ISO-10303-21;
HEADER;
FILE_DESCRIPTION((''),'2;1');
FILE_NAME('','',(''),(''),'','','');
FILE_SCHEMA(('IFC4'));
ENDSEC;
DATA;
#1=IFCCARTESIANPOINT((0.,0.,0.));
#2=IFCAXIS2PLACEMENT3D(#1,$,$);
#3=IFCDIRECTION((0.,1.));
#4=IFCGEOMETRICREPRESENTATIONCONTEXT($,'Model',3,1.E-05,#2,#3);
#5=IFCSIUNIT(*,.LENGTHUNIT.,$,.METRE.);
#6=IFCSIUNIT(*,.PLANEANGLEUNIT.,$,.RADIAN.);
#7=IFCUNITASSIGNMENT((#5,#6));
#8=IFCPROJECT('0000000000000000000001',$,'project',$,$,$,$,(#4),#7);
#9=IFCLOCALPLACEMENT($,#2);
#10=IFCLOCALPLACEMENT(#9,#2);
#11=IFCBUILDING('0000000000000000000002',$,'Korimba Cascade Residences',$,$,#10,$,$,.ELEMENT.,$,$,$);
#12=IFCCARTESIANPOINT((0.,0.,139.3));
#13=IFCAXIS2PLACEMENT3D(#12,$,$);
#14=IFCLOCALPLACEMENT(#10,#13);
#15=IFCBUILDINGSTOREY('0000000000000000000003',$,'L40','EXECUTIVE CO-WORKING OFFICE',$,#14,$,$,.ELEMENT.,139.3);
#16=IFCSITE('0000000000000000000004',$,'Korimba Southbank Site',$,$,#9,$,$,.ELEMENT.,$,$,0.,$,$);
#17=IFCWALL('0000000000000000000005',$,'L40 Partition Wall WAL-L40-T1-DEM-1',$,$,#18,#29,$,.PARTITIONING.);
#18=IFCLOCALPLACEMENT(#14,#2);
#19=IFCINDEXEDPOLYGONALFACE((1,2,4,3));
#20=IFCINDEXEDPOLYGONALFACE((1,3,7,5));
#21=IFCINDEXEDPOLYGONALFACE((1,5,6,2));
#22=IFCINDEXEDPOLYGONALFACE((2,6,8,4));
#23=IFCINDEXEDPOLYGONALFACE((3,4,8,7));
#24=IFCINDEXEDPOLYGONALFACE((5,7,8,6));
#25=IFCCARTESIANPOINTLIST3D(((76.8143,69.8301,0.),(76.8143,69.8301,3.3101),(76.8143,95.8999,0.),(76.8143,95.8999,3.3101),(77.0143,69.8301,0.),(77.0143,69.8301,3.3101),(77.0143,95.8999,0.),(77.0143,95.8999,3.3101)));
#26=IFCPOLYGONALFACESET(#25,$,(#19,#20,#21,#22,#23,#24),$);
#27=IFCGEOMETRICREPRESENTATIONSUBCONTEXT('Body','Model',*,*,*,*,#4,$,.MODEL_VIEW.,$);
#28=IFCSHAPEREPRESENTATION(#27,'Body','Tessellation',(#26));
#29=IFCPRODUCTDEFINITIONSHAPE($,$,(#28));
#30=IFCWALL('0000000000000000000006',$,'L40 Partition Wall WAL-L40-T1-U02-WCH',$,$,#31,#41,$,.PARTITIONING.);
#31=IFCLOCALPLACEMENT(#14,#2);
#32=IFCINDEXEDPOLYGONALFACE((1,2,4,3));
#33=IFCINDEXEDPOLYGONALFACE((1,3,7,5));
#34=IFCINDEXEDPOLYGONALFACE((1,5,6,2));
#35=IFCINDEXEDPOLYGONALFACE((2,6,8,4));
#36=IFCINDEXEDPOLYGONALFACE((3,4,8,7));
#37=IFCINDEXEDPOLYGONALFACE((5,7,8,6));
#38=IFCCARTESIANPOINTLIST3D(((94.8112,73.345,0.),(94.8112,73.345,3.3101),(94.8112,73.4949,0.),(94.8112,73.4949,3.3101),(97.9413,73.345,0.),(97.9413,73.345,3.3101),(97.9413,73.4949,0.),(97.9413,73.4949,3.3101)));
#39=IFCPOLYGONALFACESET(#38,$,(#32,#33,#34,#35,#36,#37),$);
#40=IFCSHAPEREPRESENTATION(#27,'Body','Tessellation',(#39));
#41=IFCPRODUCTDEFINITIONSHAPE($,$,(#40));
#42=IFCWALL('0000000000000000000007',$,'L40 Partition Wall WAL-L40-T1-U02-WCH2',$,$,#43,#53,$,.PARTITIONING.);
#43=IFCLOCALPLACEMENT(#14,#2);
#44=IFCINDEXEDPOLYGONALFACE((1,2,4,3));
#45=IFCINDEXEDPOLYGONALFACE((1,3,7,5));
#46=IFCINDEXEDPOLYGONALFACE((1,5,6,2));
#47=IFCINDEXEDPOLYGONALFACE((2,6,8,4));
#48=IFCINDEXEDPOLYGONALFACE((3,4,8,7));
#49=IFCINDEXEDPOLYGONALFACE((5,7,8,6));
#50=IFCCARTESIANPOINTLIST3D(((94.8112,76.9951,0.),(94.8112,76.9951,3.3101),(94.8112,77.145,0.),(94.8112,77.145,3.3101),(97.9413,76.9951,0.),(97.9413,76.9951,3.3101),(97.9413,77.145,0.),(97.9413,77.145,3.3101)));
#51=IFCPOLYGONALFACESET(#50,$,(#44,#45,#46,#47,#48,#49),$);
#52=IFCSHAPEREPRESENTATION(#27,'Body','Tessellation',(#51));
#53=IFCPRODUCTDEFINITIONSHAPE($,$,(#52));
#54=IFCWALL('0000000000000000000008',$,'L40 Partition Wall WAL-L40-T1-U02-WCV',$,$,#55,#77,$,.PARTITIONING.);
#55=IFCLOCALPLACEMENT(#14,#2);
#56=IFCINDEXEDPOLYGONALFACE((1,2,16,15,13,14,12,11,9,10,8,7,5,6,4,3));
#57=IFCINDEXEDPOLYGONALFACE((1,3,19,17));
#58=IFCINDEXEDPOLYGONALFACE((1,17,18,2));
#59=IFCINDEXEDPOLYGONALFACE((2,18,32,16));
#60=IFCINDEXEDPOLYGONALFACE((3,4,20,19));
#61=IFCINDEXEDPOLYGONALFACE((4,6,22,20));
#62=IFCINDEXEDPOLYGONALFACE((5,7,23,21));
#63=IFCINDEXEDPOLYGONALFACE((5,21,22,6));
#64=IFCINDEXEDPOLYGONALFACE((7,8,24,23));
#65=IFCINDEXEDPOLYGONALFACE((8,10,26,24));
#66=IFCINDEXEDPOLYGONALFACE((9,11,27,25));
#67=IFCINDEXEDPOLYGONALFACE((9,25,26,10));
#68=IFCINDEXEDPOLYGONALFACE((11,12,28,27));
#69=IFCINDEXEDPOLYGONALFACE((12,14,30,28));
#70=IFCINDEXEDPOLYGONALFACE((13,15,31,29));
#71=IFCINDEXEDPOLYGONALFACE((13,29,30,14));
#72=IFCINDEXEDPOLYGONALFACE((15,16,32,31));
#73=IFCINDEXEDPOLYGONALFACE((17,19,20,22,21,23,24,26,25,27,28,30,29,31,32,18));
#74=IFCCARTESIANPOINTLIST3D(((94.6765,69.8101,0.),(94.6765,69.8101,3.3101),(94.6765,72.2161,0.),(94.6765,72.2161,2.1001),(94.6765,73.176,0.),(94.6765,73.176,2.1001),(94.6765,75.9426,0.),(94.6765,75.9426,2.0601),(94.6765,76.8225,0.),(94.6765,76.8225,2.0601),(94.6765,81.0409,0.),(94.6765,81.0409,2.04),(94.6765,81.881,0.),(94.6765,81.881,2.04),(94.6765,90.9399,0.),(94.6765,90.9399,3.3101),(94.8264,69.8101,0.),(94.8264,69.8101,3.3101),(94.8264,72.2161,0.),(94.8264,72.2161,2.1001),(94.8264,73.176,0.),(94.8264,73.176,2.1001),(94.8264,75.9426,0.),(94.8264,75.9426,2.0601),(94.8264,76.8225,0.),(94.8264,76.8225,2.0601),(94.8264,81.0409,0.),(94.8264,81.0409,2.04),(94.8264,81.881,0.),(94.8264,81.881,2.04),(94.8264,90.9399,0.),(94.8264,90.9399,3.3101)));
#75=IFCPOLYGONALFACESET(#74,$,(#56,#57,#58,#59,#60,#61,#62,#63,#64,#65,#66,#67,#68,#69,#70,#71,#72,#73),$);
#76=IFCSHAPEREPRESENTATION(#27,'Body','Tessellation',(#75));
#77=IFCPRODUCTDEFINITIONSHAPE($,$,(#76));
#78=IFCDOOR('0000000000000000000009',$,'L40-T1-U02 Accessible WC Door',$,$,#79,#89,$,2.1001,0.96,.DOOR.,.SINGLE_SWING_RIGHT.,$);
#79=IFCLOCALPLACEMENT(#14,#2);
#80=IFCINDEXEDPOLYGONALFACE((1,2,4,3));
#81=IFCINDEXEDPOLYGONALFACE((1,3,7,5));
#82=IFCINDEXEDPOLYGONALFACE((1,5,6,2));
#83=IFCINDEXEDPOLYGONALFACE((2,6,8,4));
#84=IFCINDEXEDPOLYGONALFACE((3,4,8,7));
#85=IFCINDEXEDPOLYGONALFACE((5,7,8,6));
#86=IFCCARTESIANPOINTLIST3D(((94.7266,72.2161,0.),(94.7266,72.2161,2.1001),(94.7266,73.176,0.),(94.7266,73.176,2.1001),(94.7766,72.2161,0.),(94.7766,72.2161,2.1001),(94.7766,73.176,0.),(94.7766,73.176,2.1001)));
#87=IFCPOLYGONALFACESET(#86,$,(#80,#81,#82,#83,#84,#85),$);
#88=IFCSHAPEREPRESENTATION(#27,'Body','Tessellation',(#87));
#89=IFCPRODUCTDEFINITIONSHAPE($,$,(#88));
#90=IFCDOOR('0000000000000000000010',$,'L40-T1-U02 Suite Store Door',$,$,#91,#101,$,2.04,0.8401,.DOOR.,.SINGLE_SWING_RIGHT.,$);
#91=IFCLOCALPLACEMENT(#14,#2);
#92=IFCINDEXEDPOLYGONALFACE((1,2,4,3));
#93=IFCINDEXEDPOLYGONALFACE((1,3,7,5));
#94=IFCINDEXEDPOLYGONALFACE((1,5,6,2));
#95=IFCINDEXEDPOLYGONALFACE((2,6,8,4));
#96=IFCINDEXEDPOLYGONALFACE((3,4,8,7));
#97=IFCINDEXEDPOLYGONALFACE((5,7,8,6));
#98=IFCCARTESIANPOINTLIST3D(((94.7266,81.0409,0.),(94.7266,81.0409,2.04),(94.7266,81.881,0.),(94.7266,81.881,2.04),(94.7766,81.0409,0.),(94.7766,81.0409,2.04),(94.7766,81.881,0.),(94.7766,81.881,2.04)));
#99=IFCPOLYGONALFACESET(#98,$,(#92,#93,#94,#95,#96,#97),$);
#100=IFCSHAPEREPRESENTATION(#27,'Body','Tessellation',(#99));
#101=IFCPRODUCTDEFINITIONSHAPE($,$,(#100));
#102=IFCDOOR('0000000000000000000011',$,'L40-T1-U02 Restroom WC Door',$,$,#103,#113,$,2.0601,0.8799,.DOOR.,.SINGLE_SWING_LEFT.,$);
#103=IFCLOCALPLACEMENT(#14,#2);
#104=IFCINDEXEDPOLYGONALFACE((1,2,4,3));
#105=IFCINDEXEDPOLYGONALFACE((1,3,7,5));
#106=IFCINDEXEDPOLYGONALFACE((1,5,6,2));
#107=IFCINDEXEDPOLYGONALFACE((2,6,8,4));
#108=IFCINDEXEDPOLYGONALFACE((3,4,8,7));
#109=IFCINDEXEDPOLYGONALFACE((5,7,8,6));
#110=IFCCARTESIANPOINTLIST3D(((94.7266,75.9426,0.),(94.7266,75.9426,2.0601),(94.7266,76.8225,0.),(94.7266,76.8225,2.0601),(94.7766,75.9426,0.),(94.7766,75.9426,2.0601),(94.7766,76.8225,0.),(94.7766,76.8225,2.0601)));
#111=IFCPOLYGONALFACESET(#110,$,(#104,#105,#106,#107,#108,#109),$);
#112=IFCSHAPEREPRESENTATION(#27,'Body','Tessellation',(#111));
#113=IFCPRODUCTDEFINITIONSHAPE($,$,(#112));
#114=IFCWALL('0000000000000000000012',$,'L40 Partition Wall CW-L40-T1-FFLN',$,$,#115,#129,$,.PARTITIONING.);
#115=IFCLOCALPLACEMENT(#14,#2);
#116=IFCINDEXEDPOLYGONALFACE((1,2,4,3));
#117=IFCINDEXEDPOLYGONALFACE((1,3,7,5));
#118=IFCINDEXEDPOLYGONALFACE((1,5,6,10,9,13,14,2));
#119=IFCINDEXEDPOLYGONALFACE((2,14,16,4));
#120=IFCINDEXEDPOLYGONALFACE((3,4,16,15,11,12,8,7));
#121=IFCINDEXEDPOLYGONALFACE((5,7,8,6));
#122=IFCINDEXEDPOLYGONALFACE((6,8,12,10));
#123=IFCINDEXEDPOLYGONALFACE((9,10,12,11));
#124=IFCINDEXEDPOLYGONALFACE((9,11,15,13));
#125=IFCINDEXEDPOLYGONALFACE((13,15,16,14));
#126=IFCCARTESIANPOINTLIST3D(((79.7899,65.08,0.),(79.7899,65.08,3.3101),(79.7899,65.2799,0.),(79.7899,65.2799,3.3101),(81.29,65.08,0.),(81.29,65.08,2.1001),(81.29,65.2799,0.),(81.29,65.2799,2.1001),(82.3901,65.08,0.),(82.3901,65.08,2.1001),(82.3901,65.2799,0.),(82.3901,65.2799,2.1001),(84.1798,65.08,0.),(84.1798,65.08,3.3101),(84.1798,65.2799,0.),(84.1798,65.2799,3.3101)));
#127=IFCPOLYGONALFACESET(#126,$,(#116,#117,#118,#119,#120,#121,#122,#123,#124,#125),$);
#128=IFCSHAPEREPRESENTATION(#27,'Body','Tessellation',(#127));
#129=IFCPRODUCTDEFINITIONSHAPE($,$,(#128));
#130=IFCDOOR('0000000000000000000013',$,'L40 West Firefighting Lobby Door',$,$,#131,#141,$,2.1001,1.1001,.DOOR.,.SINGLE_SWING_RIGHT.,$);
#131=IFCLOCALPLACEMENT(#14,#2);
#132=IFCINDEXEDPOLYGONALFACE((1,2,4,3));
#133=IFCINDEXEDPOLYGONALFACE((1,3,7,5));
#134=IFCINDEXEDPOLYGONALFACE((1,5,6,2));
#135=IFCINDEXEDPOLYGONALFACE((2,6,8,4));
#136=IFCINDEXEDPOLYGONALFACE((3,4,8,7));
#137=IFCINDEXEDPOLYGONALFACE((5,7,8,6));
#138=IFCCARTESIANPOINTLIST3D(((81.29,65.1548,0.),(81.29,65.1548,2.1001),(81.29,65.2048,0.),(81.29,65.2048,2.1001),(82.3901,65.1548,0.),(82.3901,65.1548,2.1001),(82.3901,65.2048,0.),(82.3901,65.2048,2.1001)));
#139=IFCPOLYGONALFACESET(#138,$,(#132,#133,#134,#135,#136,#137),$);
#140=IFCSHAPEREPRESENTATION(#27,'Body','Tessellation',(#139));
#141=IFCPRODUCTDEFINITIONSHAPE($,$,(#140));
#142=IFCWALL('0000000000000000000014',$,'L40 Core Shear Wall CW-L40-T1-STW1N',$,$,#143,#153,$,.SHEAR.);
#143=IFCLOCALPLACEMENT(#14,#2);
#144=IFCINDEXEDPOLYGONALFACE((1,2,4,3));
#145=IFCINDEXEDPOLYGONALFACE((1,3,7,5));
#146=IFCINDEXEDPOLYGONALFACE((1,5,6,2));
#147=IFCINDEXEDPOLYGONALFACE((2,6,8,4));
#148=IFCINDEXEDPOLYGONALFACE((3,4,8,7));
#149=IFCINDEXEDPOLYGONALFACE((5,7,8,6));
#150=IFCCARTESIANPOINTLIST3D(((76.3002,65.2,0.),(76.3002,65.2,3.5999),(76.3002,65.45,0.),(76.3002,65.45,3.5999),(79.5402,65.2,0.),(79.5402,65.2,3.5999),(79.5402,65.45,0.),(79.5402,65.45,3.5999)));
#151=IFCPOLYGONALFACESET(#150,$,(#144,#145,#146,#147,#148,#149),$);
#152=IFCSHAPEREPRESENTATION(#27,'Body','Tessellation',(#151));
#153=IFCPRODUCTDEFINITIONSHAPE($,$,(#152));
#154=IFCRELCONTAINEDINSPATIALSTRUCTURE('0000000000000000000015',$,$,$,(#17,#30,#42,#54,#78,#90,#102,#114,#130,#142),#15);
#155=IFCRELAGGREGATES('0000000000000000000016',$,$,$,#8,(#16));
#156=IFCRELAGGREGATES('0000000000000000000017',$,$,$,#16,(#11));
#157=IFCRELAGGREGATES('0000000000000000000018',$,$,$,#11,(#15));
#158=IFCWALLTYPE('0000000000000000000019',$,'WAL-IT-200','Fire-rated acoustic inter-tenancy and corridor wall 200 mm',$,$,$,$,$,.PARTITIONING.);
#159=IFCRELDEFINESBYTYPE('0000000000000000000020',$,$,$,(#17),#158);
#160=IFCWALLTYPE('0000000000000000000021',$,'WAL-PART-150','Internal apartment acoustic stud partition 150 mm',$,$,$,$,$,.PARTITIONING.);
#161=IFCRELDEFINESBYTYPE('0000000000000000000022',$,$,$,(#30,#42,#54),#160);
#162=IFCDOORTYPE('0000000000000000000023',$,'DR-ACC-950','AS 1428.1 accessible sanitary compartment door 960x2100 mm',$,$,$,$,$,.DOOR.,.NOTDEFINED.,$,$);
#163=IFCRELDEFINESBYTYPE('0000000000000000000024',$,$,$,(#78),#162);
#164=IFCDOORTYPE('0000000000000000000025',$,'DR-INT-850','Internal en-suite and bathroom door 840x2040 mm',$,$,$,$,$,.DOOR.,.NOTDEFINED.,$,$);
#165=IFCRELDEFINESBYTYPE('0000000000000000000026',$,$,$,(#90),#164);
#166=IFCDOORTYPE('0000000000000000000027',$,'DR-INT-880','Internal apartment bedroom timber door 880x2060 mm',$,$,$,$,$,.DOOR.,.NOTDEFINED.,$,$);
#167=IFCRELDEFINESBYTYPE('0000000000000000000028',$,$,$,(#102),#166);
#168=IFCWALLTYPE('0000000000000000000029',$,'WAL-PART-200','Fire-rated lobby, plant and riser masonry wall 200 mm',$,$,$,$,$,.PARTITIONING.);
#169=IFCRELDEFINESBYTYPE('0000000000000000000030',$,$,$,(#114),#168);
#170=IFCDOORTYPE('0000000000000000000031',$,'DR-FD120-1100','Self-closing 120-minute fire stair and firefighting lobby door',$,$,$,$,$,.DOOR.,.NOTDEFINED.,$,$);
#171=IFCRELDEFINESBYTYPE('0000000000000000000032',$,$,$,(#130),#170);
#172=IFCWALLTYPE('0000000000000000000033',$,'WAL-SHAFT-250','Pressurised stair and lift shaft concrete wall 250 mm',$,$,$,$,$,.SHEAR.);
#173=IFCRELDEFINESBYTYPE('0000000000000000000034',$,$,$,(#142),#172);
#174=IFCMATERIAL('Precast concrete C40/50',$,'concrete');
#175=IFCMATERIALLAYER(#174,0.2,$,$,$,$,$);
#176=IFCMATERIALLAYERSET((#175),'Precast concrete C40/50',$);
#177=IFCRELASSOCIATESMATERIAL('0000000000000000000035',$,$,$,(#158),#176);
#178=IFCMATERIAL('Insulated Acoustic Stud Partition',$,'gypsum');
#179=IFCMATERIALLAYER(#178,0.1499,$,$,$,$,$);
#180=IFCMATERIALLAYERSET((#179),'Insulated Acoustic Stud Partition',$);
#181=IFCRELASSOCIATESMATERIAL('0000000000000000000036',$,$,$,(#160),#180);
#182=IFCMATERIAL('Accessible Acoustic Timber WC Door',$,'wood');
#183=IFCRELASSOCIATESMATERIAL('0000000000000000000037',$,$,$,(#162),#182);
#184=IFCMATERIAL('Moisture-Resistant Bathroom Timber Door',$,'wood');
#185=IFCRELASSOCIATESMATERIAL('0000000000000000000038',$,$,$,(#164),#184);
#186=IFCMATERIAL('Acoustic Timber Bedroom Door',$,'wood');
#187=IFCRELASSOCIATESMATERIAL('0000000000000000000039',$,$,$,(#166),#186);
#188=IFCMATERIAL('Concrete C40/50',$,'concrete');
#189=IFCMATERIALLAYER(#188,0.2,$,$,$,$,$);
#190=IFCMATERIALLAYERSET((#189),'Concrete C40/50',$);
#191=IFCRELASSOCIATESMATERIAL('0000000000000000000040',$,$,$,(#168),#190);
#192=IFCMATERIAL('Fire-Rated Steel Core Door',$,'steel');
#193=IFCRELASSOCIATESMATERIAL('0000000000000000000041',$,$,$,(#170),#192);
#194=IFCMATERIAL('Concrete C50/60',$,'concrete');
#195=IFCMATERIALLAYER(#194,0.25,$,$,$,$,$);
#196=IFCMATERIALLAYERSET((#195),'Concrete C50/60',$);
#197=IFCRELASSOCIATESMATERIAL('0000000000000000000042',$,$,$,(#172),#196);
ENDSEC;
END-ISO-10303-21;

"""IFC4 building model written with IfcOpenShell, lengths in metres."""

from ifc_helpers import new_model, si_unit, direction, frame, frame_2d, origin, place, context, subcontext, project, spatial, rectangle, extrude, material, layer, layer_set, type_object, element, fill, save


model = new_model("IFC4")

# Units and contexts
model_context = context("Model", 3, precision=1e-05, world=origin(), true_north=direction((0.0, 1.0)))
body_context = subcontext(model_context, "Body", "Model", "MODEL_VIEW")
ifc_project = project(units=[si_unit("LENGTHUNIT", "METRE"), si_unit("PLANEANGLEUNIT", "RADIAN")], contexts=[model_context])

# Site, building, storey
site_placement = place(None, origin())
site = spatial("IfcSite", under=ifc_project, at=site_placement, Name="Korimba Southbank Site", CompositionType="ELEMENT", RefElevation=0.0)
building_placement = place(site_placement, origin())
building = spatial("IfcBuilding", under=site, at=building_placement, Name="Korimba Cascade Residences", CompositionType="ELEMENT")
storey_placement = place(building_placement, frame((0.0, 0.0, 139.3)))
storey = spatial("IfcBuildingStorey", under=building, at=storey_placement, Name="L40", Description="EXECUTIVE CO-WORKING OFFICE", CompositionType="ELEMENT", Elevation=139.3)

# Walls
ifc_material_1 = material(Name="Precast concrete C40/50", Category="concrete")
ifc_layer_1 = layer(ifc_material_1, 0.2)
ifc_layer_set_1 = layer_set([ifc_layer_1], Name="Precast concrete C40/50")
wall_type_1 = type_object("IfcWallType", Name="WAL-IT-200", Description="Fire-rated acoustic inter-tenancy and corridor wall 200 mm", PredefinedType="PARTITIONING", material=ifc_layer_set_1)
wall_1_placement = place(storey_placement, frame((76.9143, 69.8301, 0.0), z_axis=(0.0, 0.0, 1.0), x_axis=(0.0, 1.0, 0.0)))
element("IfcWall", 1, at=wall_1_placement, inside=storey, type_object=wall_type_1, Name="L40 Partition Wall WAL-L40-T1-DEM-1", PredefinedType="PARTITIONING", context=body_context, shape_type="SweptSolid", body=[
    extrude(rectangle(XDim=26.0698, YDim=0.2, at=frame_2d((13.0349, 0.0))), origin(), (0.0, 0.0, 1.0), 3.3101),
])
ifc_material_2 = material(Name="Insulated Acoustic Stud Partition", Category="gypsum")
ifc_layer_2 = layer(ifc_material_2, 0.1499)
ifc_layer_set_2 = layer_set([ifc_layer_2], Name="Insulated Acoustic Stud Partition")
wall_type_2 = type_object("IfcWallType", Name="WAL-PART-150", Description="Internal apartment acoustic stud partition 150 mm", PredefinedType="PARTITIONING", material=ifc_layer_set_2)
for number, where, z_axis, x_axis, name in (
    (2, (94.8113, 73.4199, 0.0), (0.0, 0.0, 1.0), (1.0, 0.0, 0.0), "L40 Partition Wall WAL-L40-T1-U02-WCH"),
    (3, (94.8113, 77.0701, 0.0), (0.0, 0.0, 1.0), (1.0, 0.0, 0.0), "L40 Partition Wall WAL-L40-T1-U02-WCH2"),
):
    element("IfcWall", number, at=place(storey_placement, frame(where, z_axis=z_axis, x_axis=x_axis)), inside=storey, type_object=wall_type_2, Name=name, PredefinedType="PARTITIONING", context=body_context, shape_type="SweptSolid", body=[
        extrude(rectangle(XDim=3.1301, YDim=0.1499, at=frame_2d((1.5649, 0.0))), origin(), (0.0, 0.0, 1.0), 3.3101),
    ])

# Wall, openings, doors
wall_2_placement = place(storey_placement, frame((94.7515, 69.8101, 0.0), z_axis=(0.0, 0.0, 1.0), x_axis=(0.0, 1.0, 0.0)))
wall_2 = element("IfcWall", 4, at=wall_2_placement, inside=storey, type_object=wall_type_2, Name="L40 Partition Wall WAL-L40-T1-U02-WCV", PredefinedType="PARTITIONING", context=body_context, shape_type="SweptSolid", body=[
    extrude(rectangle(XDim=21.1299, YDim=0.1499, at=frame_2d((10.5649, 0.0))), origin(), (0.0, 0.0, 1.0), 3.3101),
])
opening_1_placement = place(wall_2_placement, frame((2.406, 0.0, 0.0)))
opening_1 = element("IfcOpeningElement", 5, at=opening_1_placement, cuts=wall_2, PredefinedType="OPENING", context=body_context, shape_type="SweptSolid", body=[
    extrude(rectangle(XDim=0.96, YDim=2.1001, at=frame_2d((0.48, 1.05))), frame((0.0, 0.085, 0.0), z_axis=(0.0, -1.0, 0.0), x_axis=(1.0, 0.0, 0.0)), (0.0, 0.0, 1.0), 0.1699),
])
opening_2_placement = place(wall_2_placement, frame((6.1326, 0.0, 0.0)))
opening_2 = element("IfcOpeningElement", 6, at=opening_2_placement, cuts=wall_2, PredefinedType="OPENING", context=body_context, shape_type="SweptSolid", body=[
    extrude(rectangle(XDim=0.8799, YDim=2.0601, at=frame_2d((0.4399, 1.03))), frame((0.0, 0.085, 0.0), z_axis=(0.0, -1.0, 0.0), x_axis=(1.0, 0.0, 0.0)), (0.0, 0.0, 1.0), 0.1699),
])
opening_3_placement = place(wall_2_placement, frame((11.231, 0.0, 0.0)))
opening_3 = element("IfcOpeningElement", 7, at=opening_3_placement, cuts=wall_2, PredefinedType="OPENING", context=body_context, shape_type="SweptSolid", body=[
    extrude(rectangle(XDim=0.8401, YDim=2.04, at=frame_2d((0.4199, 1.02))), frame((0.0, 0.085, 0.0), z_axis=(0.0, -1.0, 0.0), x_axis=(1.0, 0.0, 0.0)), (0.0, 0.0, 1.0), 0.1699),
])
ifc_material_3 = material(Name="Accessible Acoustic Timber WC Door", Category="wood")
door_type_1 = type_object("IfcDoorType", Name="DR-ACC-950", Description="AS 1428.1 accessible sanitary compartment door 960x2100 mm", OperationType="NOTDEFINED", PredefinedType="DOOR", material=ifc_material_3)
door_1_placement = place(opening_1_placement, origin())
door_1 = element("IfcDoor", 8, at=door_1_placement, inside=storey, type_object=door_type_1, Name="L40-T1-U02 Accessible WC Door", OperationType="SINGLE_SWING_RIGHT", OverallHeight=2.1001, OverallWidth=0.96, PredefinedType="DOOR", context=body_context, shape_type="SweptSolid", body=[
    extrude(rectangle(XDim=0.96, YDim=2.1001, at=frame_2d((0.48, 1.05))), frame((0.0, 0.0249, 0.0), z_axis=(0.0, -1.0, 0.0), x_axis=(1.0, 0.0, 0.0)), (0.0, 0.0, 1.0), 0.05),
])
fill(opening_1, door_1)
ifc_material_4 = material(Name="Moisture-Resistant Bathroom Timber Door", Category="wood")
door_type_2 = type_object("IfcDoorType", Name="DR-INT-850", Description="Internal en-suite and bathroom door 840x2040 mm", OperationType="NOTDEFINED", PredefinedType="DOOR", material=ifc_material_4)
door_2_placement = place(opening_3_placement, origin())
door_2 = element("IfcDoor", 9, at=door_2_placement, inside=storey, type_object=door_type_2, Name="L40-T1-U02 Suite Store Door", OperationType="SINGLE_SWING_RIGHT", OverallHeight=2.04, OverallWidth=0.8401, PredefinedType="DOOR", context=body_context, shape_type="SweptSolid", body=[
    extrude(rectangle(XDim=0.8401, YDim=2.04, at=frame_2d((0.4199, 1.02))), frame((0.0, 0.0249, 0.0), z_axis=(0.0, -1.0, 0.0), x_axis=(1.0, 0.0, 0.0)), (0.0, 0.0, 1.0), 0.05),
])
fill(opening_3, door_2)
ifc_material_5 = material(Name="Acoustic Timber Bedroom Door", Category="wood")
door_type_3 = type_object("IfcDoorType", Name="DR-INT-880", Description="Internal apartment bedroom timber door 880x2060 mm", OperationType="NOTDEFINED", PredefinedType="DOOR", material=ifc_material_5)
door_3_placement = place(opening_2_placement, origin())
door_3 = element("IfcDoor", 10, at=door_3_placement, inside=storey, type_object=door_type_3, Name="L40-T1-U02 Restroom WC Door", OperationType="SINGLE_SWING_LEFT", OverallHeight=2.0601, OverallWidth=0.8799, PredefinedType="DOOR", context=body_context, shape_type="SweptSolid", body=[
    extrude(rectangle(XDim=0.8799, YDim=2.0601, at=frame_2d((0.4399, 1.03))), frame((0.0, 0.0249, 0.0), z_axis=(0.0, -1.0, 0.0), x_axis=(1.0, 0.0, 0.0)), (0.0, 0.0, 1.0), 0.05),
])
fill(opening_2, door_3)

# Wall, opening, door
ifc_material_6 = material(Name="Concrete C40/50", Category="concrete")
ifc_layer_3 = layer(ifc_material_6, 0.2)
ifc_layer_set_3 = layer_set([ifc_layer_3], Name="Concrete C40/50")
wall_type_3 = type_object("IfcWallType", Name="WAL-PART-200", Description="Fire-rated lobby, plant and riser masonry wall 200 mm", PredefinedType="PARTITIONING", material=ifc_layer_set_3)
wall_3_placement = place(storey_placement, frame((79.79, 65.1799, 0.0), z_axis=(0.0, 0.0, 1.0), x_axis=(1.0, 0.0, 0.0)))
wall_3 = element("IfcWall", 11, at=wall_3_placement, inside=storey, type_object=wall_type_3, Name="L40 Partition Wall CW-L40-T1-FFLN", PredefinedType="PARTITIONING", context=body_context, shape_type="SweptSolid", body=[
    extrude(rectangle(XDim=4.3899, YDim=0.2, at=frame_2d((2.1948, 0.0))), origin(), (0.0, 0.0, 1.0), 3.3101),
])
opening_4_placement = place(wall_3_placement, frame((1.5, 0.0, 0.0)))
opening_4 = element("IfcOpeningElement", 12, at=opening_4_placement, cuts=wall_3, PredefinedType="OPENING", context=body_context, shape_type="SweptSolid", body=[
    extrude(rectangle(XDim=1.1001, YDim=2.1001, at=frame_2d((0.55, 1.05))), frame((0.0, 0.1099, 0.0), z_axis=(0.0, -1.0, 0.0), x_axis=(1.0, 0.0, 0.0)), (0.0, 0.0, 1.0), 0.22),
])
ifc_material_7 = material(Name="Fire-Rated Steel Core Door", Category="steel")
door_type_4 = type_object("IfcDoorType", Name="DR-FD120-1100", Description="Self-closing 120-minute fire stair and firefighting lobby door", OperationType="NOTDEFINED", PredefinedType="DOOR", material=ifc_material_7)
door_4_placement = place(opening_4_placement, origin())
door_4 = element("IfcDoor", 13, at=door_4_placement, inside=storey, type_object=door_type_4, Name="L40 West Firefighting Lobby Door", OperationType="SINGLE_SWING_RIGHT", OverallHeight=2.1001, OverallWidth=1.1001, PredefinedType="DOOR", context=body_context, shape_type="SweptSolid", body=[
    extrude(rectangle(XDim=1.1001, YDim=2.1001, at=frame_2d((0.55, 1.05))), frame((0.0, 0.0249, 0.0), z_axis=(0.0, -1.0, 0.0), x_axis=(1.0, 0.0, 0.0)), (0.0, 0.0, 1.0), 0.05),
])
fill(opening_4, door_4)

# Wall
ifc_material_8 = material(Name="Concrete C50/60", Category="concrete")
ifc_layer_4 = layer(ifc_material_8, 0.25)
ifc_layer_set_4 = layer_set([ifc_layer_4], Name="Concrete C50/60")
wall_type_4 = type_object("IfcWallType", Name="WAL-SHAFT-250", Description="Pressurised stair and lift shaft concrete wall 250 mm", PredefinedType="SHEAR", material=ifc_layer_set_4)
wall_4_placement = place(storey_placement, frame((76.3, 65.325, 0.0), z_axis=(0.0, 0.0, 1.0), x_axis=(1.0, 0.0, 0.0)))
element("IfcWall", 14, at=wall_4_placement, inside=storey, type_object=wall_type_4, Name="L40 Core Shear Wall CW-L40-T1-STW1N", PredefinedType="SHEAR", context=body_context, shape_type="SweptSolid", body=[
    extrude(rectangle(XDim=3.24, YDim=0.25, at=frame_2d((1.6201, 0.0))), origin(), (0.0, 0.0, 1.0), 3.5999),
])

save(model, "model.ifc")
